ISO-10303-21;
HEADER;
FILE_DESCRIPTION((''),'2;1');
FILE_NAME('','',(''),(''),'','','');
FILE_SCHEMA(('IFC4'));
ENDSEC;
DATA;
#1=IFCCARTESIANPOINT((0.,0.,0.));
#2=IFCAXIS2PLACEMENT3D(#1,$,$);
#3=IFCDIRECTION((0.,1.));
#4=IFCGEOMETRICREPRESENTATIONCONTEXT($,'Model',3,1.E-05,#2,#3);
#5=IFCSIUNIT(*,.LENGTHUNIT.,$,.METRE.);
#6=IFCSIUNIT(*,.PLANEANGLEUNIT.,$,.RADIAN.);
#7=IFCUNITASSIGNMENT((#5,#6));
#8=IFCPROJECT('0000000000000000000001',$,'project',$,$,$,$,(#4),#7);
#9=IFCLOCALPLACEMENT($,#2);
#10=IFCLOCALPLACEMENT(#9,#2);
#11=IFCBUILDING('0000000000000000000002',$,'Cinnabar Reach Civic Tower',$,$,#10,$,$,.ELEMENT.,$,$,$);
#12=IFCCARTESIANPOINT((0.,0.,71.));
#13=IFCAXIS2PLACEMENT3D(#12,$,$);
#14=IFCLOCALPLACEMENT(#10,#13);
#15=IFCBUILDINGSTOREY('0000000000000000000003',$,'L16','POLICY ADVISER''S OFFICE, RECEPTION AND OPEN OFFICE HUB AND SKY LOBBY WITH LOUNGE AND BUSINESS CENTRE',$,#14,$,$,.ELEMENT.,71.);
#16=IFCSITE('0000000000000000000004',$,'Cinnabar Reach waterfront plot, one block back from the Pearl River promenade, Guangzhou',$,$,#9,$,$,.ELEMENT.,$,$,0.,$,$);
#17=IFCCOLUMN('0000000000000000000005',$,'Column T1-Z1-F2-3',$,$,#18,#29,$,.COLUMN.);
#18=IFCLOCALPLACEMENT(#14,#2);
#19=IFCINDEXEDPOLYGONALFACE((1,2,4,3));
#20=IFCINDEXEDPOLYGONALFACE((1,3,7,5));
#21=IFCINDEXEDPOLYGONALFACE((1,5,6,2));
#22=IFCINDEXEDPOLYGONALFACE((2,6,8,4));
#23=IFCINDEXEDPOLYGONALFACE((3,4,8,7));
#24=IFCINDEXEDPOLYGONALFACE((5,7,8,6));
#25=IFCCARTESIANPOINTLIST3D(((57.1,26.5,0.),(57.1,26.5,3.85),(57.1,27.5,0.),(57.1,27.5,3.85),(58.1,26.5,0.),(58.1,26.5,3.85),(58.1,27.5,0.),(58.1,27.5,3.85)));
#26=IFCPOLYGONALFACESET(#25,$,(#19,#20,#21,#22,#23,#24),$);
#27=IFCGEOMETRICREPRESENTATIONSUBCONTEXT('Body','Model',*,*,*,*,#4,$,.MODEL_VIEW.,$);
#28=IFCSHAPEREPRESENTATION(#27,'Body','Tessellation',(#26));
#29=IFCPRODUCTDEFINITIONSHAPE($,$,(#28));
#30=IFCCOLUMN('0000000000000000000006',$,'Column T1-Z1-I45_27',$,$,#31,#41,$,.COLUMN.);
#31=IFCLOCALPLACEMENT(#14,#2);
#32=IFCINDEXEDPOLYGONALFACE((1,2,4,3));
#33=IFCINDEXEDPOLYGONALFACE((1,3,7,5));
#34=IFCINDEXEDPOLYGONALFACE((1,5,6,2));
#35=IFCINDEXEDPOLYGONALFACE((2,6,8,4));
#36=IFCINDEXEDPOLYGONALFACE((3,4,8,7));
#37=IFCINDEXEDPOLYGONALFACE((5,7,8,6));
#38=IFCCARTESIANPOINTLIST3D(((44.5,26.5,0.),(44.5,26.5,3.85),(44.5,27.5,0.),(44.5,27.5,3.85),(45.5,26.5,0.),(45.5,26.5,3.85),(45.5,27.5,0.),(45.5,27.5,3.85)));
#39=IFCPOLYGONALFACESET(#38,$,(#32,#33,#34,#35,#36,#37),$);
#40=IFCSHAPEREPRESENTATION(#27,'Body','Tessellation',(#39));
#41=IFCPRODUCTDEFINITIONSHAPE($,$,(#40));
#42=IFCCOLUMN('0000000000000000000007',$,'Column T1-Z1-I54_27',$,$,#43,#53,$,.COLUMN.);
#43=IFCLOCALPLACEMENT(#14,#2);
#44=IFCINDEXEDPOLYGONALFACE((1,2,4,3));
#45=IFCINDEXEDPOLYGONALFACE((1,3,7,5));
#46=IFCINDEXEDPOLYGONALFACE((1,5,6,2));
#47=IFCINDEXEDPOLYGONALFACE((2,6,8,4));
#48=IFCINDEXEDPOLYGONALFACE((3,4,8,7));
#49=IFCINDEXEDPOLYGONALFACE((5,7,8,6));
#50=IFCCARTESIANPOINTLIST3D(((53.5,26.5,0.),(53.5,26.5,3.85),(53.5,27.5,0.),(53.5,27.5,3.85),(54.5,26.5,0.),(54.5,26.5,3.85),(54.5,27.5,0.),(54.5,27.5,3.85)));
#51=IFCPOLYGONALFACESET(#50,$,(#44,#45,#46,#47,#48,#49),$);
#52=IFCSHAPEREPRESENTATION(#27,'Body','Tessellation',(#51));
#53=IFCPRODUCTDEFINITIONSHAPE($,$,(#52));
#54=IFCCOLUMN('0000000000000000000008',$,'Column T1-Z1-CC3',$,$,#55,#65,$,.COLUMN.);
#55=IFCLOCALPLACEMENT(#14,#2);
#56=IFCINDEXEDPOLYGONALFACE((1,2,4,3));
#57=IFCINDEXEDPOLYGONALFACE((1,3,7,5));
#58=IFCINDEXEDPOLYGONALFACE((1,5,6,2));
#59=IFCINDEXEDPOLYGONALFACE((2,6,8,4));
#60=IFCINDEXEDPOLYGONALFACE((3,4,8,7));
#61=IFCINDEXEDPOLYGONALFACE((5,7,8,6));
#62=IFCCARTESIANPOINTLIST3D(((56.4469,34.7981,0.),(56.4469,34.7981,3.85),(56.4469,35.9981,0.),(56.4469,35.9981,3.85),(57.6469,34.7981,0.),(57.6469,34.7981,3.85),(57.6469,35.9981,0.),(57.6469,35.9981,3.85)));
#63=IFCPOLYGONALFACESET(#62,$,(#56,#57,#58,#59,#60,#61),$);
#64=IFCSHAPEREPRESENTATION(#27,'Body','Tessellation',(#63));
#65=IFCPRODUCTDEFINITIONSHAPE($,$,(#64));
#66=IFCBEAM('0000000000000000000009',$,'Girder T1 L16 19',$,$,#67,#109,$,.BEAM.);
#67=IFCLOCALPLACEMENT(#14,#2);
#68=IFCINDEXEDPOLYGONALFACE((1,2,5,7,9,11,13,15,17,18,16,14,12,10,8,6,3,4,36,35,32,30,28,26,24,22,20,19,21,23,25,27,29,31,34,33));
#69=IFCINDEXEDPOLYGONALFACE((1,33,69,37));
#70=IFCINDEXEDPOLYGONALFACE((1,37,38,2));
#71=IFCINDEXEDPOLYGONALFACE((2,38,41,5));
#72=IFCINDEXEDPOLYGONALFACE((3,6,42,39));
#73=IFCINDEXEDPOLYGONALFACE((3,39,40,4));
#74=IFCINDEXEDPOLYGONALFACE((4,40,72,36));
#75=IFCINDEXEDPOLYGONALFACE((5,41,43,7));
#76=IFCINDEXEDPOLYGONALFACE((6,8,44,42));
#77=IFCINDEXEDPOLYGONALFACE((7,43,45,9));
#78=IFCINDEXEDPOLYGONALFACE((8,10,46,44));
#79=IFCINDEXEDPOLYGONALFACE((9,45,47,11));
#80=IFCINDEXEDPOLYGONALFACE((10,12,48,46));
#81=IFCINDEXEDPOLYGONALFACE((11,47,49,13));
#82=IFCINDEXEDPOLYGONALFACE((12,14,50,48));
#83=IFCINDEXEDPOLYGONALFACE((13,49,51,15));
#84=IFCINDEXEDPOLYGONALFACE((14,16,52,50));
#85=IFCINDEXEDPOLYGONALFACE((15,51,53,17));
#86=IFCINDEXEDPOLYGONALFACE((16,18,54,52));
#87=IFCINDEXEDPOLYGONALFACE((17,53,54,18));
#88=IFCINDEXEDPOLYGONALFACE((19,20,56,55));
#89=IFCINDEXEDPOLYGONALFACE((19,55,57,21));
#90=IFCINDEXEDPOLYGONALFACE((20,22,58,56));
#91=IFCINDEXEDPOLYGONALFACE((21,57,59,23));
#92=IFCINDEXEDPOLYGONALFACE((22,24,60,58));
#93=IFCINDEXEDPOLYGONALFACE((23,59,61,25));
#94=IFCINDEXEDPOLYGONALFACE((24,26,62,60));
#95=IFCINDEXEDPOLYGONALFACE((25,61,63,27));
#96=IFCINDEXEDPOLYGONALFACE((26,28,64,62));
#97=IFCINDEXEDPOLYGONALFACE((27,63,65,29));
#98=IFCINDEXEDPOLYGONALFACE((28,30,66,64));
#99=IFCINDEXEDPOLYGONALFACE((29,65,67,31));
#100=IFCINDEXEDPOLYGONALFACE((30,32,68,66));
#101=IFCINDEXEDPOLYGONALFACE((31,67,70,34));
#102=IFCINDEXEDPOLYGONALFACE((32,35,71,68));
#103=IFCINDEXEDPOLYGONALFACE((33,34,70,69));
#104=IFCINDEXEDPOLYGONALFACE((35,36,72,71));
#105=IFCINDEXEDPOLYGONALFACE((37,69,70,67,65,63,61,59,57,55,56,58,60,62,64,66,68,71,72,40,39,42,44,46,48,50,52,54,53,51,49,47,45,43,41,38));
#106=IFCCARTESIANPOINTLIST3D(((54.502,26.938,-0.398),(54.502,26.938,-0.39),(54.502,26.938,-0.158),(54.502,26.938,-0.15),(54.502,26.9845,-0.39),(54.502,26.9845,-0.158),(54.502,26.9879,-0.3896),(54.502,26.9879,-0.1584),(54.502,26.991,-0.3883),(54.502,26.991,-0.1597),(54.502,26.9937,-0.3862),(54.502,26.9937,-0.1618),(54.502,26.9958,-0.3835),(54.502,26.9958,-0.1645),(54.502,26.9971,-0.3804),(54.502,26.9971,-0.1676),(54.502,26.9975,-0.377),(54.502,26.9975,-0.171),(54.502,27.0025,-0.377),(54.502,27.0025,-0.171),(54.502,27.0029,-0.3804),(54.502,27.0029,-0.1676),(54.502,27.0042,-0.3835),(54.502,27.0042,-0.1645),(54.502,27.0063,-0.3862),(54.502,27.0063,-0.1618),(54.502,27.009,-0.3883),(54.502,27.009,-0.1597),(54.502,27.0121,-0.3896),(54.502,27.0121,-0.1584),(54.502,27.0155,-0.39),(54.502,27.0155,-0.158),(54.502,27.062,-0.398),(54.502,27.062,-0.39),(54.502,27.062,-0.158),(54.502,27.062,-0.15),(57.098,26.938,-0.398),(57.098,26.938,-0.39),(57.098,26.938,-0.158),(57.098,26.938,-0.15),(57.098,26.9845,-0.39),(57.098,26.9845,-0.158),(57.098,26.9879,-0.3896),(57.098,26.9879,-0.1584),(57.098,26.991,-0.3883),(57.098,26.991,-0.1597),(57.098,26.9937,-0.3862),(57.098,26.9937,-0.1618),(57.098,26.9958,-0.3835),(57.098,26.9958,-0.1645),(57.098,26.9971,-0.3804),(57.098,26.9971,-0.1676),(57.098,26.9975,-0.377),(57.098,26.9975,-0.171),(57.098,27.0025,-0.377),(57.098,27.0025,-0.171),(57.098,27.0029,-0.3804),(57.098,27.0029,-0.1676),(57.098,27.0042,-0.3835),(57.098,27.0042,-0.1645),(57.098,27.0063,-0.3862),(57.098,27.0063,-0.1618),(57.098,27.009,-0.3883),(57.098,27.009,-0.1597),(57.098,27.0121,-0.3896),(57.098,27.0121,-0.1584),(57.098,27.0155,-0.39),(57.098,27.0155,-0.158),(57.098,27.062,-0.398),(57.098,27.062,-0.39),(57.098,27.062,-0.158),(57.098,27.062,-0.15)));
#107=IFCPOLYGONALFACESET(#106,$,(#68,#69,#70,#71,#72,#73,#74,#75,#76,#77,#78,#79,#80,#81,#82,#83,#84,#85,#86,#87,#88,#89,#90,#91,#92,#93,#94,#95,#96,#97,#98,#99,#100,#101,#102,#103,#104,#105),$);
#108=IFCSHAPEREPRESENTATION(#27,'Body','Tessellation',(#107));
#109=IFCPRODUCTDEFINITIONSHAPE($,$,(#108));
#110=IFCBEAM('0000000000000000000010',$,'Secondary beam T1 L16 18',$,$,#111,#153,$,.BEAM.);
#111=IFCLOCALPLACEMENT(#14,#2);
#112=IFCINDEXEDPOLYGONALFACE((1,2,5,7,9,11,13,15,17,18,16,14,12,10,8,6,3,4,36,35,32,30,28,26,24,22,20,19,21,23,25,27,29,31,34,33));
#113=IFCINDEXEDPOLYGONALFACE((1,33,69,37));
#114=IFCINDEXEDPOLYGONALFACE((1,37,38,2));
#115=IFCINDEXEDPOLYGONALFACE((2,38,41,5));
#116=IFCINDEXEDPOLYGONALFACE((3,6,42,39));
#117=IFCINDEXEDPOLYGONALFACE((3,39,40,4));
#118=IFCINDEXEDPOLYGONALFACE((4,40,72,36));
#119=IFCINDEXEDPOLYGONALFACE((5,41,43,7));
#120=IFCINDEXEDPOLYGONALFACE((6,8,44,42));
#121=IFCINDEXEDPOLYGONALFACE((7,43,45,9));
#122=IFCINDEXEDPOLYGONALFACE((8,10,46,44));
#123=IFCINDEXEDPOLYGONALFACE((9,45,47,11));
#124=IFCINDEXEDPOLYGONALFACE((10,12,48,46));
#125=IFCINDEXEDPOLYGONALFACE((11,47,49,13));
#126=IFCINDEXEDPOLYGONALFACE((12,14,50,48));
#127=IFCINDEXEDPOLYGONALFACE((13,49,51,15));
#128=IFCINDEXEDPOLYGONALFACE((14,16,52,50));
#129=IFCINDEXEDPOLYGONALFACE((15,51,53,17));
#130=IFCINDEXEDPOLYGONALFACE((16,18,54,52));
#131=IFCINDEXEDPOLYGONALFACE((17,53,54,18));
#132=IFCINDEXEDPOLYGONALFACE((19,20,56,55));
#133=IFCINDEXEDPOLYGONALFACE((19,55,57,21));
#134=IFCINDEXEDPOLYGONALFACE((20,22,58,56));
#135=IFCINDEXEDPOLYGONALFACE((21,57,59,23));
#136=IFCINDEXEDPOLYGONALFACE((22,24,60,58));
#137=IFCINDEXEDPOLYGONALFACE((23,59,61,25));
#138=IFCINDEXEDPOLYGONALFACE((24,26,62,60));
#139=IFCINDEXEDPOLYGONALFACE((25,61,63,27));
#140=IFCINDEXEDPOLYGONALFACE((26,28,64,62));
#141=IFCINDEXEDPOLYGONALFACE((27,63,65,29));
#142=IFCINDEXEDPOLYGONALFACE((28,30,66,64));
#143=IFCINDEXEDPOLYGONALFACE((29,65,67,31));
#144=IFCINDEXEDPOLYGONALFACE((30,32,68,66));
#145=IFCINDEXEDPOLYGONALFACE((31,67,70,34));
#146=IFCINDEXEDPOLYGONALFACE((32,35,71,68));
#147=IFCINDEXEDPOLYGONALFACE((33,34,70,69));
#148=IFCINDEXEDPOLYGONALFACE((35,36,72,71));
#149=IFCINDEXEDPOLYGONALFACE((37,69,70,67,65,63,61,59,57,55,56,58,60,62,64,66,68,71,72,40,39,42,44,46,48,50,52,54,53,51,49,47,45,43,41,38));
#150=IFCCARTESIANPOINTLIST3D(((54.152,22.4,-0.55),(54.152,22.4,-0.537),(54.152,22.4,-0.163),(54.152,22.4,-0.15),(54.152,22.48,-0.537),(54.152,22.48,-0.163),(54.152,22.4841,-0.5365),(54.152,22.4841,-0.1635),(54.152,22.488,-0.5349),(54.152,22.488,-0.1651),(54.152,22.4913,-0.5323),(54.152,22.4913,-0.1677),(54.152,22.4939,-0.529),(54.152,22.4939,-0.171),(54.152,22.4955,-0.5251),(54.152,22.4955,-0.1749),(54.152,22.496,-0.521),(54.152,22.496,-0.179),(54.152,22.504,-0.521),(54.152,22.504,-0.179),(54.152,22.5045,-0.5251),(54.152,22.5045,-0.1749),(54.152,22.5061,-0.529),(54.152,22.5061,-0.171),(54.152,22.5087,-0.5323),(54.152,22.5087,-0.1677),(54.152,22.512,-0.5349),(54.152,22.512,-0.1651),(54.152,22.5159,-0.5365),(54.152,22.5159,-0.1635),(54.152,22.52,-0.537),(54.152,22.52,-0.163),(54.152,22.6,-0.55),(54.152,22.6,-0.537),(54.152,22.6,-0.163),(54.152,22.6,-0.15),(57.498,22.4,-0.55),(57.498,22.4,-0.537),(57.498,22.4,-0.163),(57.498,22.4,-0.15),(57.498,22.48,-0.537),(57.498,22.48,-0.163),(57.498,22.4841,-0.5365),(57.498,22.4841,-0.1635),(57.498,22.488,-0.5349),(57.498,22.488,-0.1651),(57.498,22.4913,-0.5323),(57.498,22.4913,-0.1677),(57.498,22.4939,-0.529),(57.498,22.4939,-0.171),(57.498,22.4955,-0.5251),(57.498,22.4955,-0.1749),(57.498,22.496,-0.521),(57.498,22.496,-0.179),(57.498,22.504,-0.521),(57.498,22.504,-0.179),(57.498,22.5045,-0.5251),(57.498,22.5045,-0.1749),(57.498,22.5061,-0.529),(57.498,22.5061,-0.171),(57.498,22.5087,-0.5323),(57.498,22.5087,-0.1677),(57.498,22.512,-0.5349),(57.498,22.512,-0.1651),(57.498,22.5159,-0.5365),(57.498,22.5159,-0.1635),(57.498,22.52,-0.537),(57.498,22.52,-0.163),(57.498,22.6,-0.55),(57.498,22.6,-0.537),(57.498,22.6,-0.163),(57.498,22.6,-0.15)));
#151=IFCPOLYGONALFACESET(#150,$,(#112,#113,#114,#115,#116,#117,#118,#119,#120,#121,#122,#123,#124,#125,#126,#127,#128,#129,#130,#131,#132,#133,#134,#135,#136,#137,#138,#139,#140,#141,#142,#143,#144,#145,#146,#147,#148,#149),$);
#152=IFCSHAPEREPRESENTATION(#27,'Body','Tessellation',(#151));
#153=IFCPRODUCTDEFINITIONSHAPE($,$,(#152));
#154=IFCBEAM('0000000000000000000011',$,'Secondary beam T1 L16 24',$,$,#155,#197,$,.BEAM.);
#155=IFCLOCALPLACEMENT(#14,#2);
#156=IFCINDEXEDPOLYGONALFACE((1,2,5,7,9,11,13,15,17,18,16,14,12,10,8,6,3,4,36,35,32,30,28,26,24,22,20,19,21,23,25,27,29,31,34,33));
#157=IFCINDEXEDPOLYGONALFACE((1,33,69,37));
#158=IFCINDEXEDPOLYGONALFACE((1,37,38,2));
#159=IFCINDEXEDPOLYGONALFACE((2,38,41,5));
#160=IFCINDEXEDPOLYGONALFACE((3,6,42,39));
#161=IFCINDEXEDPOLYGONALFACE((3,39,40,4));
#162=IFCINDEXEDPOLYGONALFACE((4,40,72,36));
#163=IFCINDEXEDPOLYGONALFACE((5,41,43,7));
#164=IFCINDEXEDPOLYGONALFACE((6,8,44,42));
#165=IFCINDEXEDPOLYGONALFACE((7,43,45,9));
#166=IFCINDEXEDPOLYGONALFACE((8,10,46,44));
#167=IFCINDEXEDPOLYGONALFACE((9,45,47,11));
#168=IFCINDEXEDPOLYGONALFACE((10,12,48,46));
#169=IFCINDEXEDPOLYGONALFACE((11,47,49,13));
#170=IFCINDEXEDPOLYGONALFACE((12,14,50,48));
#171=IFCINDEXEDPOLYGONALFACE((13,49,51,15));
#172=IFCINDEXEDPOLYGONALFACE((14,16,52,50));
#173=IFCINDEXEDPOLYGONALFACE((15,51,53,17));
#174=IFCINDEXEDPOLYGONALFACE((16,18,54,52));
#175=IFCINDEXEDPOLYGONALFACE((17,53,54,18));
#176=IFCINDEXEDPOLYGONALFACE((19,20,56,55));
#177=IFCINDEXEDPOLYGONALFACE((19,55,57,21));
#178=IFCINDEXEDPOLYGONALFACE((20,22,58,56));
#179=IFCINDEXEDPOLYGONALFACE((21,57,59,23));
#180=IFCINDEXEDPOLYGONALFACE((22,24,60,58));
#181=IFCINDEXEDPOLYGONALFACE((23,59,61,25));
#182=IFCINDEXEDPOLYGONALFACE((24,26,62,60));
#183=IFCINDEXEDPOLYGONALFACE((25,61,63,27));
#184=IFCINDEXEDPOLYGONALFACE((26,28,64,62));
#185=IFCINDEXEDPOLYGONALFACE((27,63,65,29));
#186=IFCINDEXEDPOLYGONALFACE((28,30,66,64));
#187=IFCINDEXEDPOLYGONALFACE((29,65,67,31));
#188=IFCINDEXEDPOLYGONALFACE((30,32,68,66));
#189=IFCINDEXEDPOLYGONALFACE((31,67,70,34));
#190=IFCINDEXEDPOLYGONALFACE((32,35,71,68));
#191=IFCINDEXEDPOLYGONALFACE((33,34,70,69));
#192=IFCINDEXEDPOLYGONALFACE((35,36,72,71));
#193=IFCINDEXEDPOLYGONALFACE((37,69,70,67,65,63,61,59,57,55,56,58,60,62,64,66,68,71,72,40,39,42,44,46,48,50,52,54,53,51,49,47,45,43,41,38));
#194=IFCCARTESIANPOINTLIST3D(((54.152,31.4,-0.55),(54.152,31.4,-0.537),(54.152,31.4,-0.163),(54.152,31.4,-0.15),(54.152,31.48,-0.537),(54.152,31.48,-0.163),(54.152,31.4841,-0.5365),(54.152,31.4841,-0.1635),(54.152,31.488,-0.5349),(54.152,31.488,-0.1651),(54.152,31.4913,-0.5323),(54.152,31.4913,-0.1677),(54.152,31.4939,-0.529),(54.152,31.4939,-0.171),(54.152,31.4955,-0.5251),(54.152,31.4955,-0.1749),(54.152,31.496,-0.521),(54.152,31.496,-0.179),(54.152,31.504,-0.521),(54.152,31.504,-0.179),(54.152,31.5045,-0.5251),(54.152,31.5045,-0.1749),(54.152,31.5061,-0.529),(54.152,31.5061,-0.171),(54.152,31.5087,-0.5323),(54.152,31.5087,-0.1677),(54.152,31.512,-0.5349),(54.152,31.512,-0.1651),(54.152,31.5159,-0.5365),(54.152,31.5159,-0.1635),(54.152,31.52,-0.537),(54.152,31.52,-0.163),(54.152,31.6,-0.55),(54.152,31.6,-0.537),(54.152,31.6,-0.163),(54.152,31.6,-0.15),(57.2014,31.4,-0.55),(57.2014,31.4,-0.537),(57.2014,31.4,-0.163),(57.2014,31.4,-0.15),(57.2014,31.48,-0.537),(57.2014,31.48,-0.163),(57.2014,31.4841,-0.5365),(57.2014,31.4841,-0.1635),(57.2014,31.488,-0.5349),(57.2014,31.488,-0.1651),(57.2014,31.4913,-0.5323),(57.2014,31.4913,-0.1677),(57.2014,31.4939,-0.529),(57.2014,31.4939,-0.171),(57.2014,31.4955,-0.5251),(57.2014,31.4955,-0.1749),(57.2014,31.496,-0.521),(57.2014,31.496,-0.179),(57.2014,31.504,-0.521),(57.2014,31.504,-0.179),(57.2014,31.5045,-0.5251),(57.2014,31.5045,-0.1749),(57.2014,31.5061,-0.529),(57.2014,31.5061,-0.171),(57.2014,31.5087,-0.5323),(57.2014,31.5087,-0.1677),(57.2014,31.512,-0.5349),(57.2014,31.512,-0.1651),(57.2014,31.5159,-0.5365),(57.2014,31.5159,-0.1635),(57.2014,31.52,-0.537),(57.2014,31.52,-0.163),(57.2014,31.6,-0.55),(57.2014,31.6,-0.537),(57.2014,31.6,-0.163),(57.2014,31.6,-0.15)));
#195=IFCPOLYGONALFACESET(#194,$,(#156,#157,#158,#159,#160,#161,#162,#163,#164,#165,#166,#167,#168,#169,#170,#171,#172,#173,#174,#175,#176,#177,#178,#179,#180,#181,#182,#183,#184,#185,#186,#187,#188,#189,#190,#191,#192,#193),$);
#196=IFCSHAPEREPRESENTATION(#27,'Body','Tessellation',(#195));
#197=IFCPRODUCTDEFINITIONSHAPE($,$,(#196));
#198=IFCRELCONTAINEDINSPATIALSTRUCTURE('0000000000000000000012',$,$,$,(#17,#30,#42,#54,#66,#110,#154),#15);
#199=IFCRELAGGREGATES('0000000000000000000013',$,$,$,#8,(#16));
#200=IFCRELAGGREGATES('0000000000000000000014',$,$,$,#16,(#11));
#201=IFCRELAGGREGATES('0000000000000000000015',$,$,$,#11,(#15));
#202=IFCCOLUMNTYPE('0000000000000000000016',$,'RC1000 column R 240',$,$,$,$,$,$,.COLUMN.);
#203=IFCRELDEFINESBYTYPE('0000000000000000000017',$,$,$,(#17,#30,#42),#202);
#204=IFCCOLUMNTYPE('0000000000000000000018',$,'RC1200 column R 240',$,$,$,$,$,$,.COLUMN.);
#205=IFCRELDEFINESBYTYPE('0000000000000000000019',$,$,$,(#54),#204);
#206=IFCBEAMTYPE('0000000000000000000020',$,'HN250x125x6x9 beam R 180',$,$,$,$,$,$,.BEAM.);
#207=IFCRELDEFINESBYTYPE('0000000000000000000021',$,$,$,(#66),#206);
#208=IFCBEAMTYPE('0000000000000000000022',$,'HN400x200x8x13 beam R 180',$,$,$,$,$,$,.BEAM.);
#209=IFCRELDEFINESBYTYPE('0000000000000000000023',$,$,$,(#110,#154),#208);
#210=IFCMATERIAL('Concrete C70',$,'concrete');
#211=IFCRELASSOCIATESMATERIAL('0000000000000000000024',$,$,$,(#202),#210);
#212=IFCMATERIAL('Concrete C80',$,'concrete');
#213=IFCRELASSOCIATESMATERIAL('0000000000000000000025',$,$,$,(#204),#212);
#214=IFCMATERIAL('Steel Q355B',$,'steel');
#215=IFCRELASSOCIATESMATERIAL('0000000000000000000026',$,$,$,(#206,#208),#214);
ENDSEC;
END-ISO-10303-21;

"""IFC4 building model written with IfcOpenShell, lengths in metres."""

from ifc_helpers import new_model, si_unit, direction, frame, origin, origin_2d, place, context, subcontext, project, spatial, rectangle, i_section, extrude, material, material_profile, profile_set, type_object, element, save


model = new_model("IFC4")

# Units and contexts
model_context = context("Model", 3, precision=1e-05, world=origin(), true_north=direction((0.0, 1.0)))
body_context = subcontext(model_context, "Body", "Model", "MODEL_VIEW")
ifc_project = project(units=[si_unit("LENGTHUNIT", "METRE"), si_unit("PLANEANGLEUNIT", "RADIAN")], contexts=[model_context])

# Site, building, storey
site_placement = place(None, origin())
site = spatial("IfcSite", under=ifc_project, at=site_placement, Name="Cinnabar Reach waterfront plot, one block back from the Pearl River promenade, Guangzhou", CompositionType="ELEMENT", RefElevation=0.0)
building_placement = place(site_placement, origin())
building = spatial("IfcBuilding", under=site, at=building_placement, Name="Cinnabar Reach Civic Tower", CompositionType="ELEMENT")
storey_placement = place(building_placement, frame((0.0, 0.0, 71.0)))
storey = spatial("IfcBuildingStorey", under=building, at=storey_placement, Name="L16", Description="POLICY ADVISER'S OFFICE, RECEPTION AND OPEN OFFICE HUB AND SKY LOBBY WITH LOUNGE AND BUSINESS CENTRE", CompositionType="ELEMENT", Elevation=71.0)

# Columns
ifc_material_1 = material(Name="Concrete C70", Category="concrete")
ifc_material_profile_1 = material_profile(ifc_material_1, rectangle(XDim=1.0, YDim=1.0, at=origin_2d()), Name="RC1000")
ifc_profile_set_1 = profile_set([ifc_material_profile_1], Name="Concrete C70")
column_type_1 = type_object("IfcColumnType", Name="RC1000 column R 240", PredefinedType="COLUMN", material=ifc_profile_set_1)
for number, where, z_axis, x_axis, name in (
    (1, (57.6, 27.0, 0.0), (0.0, 0.0, 1.0), (1.0, 0.0, 0.0), "Column T1-Z1-F2-3"),
    (2, (45.0, 27.0, 0.0), (0.0, 0.0, 1.0), (1.0, 0.0, 0.0), "Column T1-Z1-I45_27"),
    (3, (54.0, 27.0, 0.0), (0.0, 0.0, 1.0), (1.0, 0.0, 0.0), "Column T1-Z1-I54_27"),
):
    element("IfcColumn", number, at=place(storey_placement, frame(where, z_axis=z_axis, x_axis=x_axis)), inside=storey, type_object=column_type_1, Name=name, PredefinedType="COLUMN", context=body_context, shape_type="SweptSolid", body=[
        extrude(rectangle(XDim=1.0, YDim=1.0, at=origin_2d()), origin(), (0.0, 0.0, 1.0), 3.85),
    ])
ifc_material_2 = material(Name="Concrete C80", Category="concrete")
ifc_material_profile_2 = material_profile(ifc_material_2, rectangle(XDim=1.2, YDim=1.2, at=origin_2d()), Name="RC1200")
ifc_profile_set_2 = profile_set([ifc_material_profile_2], Name="Concrete C80")
column_type_2 = type_object("IfcColumnType", Name="RC1200 column R 240", PredefinedType="COLUMN", material=ifc_profile_set_2)
column_placement = place(storey_placement, frame((57.0469, 35.3981, 0.0), z_axis=(0.0, 0.0, 1.0), x_axis=(1.0, 0.0, 0.0)))
element("IfcColumn", 4, at=column_placement, inside=storey, type_object=column_type_2, Name="Column T1-Z1-CC3", PredefinedType="COLUMN", context=body_context, shape_type="SweptSolid", body=[
    extrude(rectangle(XDim=1.2, YDim=1.2, at=origin_2d()), origin(), (0.0, 0.0, 1.0), 3.85),
])

# Beams
ifc_material_3 = material(Name="Steel Q355B", Category="steel")
ifc_material_profile_3 = material_profile(ifc_material_3, i_section(OverallWidth=0.124, OverallDepth=0.248, WebThickness=0.005, FlangeThickness=0.008, FilletRadius=0.013, at=origin_2d()), Name="HN250x125x6x9")
ifc_profile_set_3 = profile_set([ifc_material_profile_3], Name="Steel Q355B")
beam_type_1 = type_object("IfcBeamType", Name="HN250x125x6x9 beam R 180", PredefinedType="BEAM", material=ifc_profile_set_3)
beam_1_placement = place(storey_placement, frame((54.502, 27.0, -0.274), z_axis=(1.0, 0.0, 0.0), x_axis=(0.0, 1.0, 0.0)))
element("IfcBeam", 5, at=beam_1_placement, inside=storey, type_object=beam_type_1, Name="Girder T1 L16 19", PredefinedType="BEAM", context=body_context, shape_type="SweptSolid", body=[
    extrude(i_section(OverallWidth=0.124, OverallDepth=0.248, WebThickness=0.005, FlangeThickness=0.008, FilletRadius=0.013, at=origin_2d()), origin(), (0.0, 0.0, 1.0), 2.596),
])
ifc_material_profile_4 = material_profile(ifc_material_3, i_section(OverallWidth=0.2, OverallDepth=0.4, WebThickness=0.008, FlangeThickness=0.013, FilletRadius=0.016, at=origin_2d()), Name="HN400x200x8x13")
ifc_profile_set_4 = profile_set([ifc_material_profile_4], Name="Steel Q355B")
beam_type_2 = type_object("IfcBeamType", Name="HN400x200x8x13 beam R 180", PredefinedType="BEAM", material=ifc_profile_set_4)
beam_2_placement = place(storey_placement, frame((54.152, 22.5, -0.35), z_axis=(1.0, 0.0, 0.0), x_axis=(0.0, 1.0, 0.0)))
element("IfcBeam", 6, at=beam_2_placement, inside=storey, type_object=beam_type_2, Name="Secondary beam T1 L16 18", PredefinedType="BEAM", context=body_context, shape_type="SweptSolid", body=[
    extrude(i_section(OverallWidth=0.2, OverallDepth=0.4, WebThickness=0.008, FlangeThickness=0.013, FilletRadius=0.016, at=origin_2d()), origin(), (0.0, 0.0, 1.0), 3.346),
])
beam_3_placement = place(storey_placement, frame((54.152, 31.5, -0.35), z_axis=(1.0, 0.0, 0.0), x_axis=(0.0, 1.0, 0.0)))
element("IfcBeam", 7, at=beam_3_placement, inside=storey, type_object=beam_type_2, Name="Secondary beam T1 L16 24", PredefinedType="BEAM", context=body_context, shape_type="SweptSolid", body=[
    extrude(i_section(OverallWidth=0.2, OverallDepth=0.4, WebThickness=0.008, FlangeThickness=0.013, FilletRadius=0.016, at=origin_2d()), origin(), (0.0, 0.0, 1.0), 3.0494),
])

save(model, "model.ifc")
